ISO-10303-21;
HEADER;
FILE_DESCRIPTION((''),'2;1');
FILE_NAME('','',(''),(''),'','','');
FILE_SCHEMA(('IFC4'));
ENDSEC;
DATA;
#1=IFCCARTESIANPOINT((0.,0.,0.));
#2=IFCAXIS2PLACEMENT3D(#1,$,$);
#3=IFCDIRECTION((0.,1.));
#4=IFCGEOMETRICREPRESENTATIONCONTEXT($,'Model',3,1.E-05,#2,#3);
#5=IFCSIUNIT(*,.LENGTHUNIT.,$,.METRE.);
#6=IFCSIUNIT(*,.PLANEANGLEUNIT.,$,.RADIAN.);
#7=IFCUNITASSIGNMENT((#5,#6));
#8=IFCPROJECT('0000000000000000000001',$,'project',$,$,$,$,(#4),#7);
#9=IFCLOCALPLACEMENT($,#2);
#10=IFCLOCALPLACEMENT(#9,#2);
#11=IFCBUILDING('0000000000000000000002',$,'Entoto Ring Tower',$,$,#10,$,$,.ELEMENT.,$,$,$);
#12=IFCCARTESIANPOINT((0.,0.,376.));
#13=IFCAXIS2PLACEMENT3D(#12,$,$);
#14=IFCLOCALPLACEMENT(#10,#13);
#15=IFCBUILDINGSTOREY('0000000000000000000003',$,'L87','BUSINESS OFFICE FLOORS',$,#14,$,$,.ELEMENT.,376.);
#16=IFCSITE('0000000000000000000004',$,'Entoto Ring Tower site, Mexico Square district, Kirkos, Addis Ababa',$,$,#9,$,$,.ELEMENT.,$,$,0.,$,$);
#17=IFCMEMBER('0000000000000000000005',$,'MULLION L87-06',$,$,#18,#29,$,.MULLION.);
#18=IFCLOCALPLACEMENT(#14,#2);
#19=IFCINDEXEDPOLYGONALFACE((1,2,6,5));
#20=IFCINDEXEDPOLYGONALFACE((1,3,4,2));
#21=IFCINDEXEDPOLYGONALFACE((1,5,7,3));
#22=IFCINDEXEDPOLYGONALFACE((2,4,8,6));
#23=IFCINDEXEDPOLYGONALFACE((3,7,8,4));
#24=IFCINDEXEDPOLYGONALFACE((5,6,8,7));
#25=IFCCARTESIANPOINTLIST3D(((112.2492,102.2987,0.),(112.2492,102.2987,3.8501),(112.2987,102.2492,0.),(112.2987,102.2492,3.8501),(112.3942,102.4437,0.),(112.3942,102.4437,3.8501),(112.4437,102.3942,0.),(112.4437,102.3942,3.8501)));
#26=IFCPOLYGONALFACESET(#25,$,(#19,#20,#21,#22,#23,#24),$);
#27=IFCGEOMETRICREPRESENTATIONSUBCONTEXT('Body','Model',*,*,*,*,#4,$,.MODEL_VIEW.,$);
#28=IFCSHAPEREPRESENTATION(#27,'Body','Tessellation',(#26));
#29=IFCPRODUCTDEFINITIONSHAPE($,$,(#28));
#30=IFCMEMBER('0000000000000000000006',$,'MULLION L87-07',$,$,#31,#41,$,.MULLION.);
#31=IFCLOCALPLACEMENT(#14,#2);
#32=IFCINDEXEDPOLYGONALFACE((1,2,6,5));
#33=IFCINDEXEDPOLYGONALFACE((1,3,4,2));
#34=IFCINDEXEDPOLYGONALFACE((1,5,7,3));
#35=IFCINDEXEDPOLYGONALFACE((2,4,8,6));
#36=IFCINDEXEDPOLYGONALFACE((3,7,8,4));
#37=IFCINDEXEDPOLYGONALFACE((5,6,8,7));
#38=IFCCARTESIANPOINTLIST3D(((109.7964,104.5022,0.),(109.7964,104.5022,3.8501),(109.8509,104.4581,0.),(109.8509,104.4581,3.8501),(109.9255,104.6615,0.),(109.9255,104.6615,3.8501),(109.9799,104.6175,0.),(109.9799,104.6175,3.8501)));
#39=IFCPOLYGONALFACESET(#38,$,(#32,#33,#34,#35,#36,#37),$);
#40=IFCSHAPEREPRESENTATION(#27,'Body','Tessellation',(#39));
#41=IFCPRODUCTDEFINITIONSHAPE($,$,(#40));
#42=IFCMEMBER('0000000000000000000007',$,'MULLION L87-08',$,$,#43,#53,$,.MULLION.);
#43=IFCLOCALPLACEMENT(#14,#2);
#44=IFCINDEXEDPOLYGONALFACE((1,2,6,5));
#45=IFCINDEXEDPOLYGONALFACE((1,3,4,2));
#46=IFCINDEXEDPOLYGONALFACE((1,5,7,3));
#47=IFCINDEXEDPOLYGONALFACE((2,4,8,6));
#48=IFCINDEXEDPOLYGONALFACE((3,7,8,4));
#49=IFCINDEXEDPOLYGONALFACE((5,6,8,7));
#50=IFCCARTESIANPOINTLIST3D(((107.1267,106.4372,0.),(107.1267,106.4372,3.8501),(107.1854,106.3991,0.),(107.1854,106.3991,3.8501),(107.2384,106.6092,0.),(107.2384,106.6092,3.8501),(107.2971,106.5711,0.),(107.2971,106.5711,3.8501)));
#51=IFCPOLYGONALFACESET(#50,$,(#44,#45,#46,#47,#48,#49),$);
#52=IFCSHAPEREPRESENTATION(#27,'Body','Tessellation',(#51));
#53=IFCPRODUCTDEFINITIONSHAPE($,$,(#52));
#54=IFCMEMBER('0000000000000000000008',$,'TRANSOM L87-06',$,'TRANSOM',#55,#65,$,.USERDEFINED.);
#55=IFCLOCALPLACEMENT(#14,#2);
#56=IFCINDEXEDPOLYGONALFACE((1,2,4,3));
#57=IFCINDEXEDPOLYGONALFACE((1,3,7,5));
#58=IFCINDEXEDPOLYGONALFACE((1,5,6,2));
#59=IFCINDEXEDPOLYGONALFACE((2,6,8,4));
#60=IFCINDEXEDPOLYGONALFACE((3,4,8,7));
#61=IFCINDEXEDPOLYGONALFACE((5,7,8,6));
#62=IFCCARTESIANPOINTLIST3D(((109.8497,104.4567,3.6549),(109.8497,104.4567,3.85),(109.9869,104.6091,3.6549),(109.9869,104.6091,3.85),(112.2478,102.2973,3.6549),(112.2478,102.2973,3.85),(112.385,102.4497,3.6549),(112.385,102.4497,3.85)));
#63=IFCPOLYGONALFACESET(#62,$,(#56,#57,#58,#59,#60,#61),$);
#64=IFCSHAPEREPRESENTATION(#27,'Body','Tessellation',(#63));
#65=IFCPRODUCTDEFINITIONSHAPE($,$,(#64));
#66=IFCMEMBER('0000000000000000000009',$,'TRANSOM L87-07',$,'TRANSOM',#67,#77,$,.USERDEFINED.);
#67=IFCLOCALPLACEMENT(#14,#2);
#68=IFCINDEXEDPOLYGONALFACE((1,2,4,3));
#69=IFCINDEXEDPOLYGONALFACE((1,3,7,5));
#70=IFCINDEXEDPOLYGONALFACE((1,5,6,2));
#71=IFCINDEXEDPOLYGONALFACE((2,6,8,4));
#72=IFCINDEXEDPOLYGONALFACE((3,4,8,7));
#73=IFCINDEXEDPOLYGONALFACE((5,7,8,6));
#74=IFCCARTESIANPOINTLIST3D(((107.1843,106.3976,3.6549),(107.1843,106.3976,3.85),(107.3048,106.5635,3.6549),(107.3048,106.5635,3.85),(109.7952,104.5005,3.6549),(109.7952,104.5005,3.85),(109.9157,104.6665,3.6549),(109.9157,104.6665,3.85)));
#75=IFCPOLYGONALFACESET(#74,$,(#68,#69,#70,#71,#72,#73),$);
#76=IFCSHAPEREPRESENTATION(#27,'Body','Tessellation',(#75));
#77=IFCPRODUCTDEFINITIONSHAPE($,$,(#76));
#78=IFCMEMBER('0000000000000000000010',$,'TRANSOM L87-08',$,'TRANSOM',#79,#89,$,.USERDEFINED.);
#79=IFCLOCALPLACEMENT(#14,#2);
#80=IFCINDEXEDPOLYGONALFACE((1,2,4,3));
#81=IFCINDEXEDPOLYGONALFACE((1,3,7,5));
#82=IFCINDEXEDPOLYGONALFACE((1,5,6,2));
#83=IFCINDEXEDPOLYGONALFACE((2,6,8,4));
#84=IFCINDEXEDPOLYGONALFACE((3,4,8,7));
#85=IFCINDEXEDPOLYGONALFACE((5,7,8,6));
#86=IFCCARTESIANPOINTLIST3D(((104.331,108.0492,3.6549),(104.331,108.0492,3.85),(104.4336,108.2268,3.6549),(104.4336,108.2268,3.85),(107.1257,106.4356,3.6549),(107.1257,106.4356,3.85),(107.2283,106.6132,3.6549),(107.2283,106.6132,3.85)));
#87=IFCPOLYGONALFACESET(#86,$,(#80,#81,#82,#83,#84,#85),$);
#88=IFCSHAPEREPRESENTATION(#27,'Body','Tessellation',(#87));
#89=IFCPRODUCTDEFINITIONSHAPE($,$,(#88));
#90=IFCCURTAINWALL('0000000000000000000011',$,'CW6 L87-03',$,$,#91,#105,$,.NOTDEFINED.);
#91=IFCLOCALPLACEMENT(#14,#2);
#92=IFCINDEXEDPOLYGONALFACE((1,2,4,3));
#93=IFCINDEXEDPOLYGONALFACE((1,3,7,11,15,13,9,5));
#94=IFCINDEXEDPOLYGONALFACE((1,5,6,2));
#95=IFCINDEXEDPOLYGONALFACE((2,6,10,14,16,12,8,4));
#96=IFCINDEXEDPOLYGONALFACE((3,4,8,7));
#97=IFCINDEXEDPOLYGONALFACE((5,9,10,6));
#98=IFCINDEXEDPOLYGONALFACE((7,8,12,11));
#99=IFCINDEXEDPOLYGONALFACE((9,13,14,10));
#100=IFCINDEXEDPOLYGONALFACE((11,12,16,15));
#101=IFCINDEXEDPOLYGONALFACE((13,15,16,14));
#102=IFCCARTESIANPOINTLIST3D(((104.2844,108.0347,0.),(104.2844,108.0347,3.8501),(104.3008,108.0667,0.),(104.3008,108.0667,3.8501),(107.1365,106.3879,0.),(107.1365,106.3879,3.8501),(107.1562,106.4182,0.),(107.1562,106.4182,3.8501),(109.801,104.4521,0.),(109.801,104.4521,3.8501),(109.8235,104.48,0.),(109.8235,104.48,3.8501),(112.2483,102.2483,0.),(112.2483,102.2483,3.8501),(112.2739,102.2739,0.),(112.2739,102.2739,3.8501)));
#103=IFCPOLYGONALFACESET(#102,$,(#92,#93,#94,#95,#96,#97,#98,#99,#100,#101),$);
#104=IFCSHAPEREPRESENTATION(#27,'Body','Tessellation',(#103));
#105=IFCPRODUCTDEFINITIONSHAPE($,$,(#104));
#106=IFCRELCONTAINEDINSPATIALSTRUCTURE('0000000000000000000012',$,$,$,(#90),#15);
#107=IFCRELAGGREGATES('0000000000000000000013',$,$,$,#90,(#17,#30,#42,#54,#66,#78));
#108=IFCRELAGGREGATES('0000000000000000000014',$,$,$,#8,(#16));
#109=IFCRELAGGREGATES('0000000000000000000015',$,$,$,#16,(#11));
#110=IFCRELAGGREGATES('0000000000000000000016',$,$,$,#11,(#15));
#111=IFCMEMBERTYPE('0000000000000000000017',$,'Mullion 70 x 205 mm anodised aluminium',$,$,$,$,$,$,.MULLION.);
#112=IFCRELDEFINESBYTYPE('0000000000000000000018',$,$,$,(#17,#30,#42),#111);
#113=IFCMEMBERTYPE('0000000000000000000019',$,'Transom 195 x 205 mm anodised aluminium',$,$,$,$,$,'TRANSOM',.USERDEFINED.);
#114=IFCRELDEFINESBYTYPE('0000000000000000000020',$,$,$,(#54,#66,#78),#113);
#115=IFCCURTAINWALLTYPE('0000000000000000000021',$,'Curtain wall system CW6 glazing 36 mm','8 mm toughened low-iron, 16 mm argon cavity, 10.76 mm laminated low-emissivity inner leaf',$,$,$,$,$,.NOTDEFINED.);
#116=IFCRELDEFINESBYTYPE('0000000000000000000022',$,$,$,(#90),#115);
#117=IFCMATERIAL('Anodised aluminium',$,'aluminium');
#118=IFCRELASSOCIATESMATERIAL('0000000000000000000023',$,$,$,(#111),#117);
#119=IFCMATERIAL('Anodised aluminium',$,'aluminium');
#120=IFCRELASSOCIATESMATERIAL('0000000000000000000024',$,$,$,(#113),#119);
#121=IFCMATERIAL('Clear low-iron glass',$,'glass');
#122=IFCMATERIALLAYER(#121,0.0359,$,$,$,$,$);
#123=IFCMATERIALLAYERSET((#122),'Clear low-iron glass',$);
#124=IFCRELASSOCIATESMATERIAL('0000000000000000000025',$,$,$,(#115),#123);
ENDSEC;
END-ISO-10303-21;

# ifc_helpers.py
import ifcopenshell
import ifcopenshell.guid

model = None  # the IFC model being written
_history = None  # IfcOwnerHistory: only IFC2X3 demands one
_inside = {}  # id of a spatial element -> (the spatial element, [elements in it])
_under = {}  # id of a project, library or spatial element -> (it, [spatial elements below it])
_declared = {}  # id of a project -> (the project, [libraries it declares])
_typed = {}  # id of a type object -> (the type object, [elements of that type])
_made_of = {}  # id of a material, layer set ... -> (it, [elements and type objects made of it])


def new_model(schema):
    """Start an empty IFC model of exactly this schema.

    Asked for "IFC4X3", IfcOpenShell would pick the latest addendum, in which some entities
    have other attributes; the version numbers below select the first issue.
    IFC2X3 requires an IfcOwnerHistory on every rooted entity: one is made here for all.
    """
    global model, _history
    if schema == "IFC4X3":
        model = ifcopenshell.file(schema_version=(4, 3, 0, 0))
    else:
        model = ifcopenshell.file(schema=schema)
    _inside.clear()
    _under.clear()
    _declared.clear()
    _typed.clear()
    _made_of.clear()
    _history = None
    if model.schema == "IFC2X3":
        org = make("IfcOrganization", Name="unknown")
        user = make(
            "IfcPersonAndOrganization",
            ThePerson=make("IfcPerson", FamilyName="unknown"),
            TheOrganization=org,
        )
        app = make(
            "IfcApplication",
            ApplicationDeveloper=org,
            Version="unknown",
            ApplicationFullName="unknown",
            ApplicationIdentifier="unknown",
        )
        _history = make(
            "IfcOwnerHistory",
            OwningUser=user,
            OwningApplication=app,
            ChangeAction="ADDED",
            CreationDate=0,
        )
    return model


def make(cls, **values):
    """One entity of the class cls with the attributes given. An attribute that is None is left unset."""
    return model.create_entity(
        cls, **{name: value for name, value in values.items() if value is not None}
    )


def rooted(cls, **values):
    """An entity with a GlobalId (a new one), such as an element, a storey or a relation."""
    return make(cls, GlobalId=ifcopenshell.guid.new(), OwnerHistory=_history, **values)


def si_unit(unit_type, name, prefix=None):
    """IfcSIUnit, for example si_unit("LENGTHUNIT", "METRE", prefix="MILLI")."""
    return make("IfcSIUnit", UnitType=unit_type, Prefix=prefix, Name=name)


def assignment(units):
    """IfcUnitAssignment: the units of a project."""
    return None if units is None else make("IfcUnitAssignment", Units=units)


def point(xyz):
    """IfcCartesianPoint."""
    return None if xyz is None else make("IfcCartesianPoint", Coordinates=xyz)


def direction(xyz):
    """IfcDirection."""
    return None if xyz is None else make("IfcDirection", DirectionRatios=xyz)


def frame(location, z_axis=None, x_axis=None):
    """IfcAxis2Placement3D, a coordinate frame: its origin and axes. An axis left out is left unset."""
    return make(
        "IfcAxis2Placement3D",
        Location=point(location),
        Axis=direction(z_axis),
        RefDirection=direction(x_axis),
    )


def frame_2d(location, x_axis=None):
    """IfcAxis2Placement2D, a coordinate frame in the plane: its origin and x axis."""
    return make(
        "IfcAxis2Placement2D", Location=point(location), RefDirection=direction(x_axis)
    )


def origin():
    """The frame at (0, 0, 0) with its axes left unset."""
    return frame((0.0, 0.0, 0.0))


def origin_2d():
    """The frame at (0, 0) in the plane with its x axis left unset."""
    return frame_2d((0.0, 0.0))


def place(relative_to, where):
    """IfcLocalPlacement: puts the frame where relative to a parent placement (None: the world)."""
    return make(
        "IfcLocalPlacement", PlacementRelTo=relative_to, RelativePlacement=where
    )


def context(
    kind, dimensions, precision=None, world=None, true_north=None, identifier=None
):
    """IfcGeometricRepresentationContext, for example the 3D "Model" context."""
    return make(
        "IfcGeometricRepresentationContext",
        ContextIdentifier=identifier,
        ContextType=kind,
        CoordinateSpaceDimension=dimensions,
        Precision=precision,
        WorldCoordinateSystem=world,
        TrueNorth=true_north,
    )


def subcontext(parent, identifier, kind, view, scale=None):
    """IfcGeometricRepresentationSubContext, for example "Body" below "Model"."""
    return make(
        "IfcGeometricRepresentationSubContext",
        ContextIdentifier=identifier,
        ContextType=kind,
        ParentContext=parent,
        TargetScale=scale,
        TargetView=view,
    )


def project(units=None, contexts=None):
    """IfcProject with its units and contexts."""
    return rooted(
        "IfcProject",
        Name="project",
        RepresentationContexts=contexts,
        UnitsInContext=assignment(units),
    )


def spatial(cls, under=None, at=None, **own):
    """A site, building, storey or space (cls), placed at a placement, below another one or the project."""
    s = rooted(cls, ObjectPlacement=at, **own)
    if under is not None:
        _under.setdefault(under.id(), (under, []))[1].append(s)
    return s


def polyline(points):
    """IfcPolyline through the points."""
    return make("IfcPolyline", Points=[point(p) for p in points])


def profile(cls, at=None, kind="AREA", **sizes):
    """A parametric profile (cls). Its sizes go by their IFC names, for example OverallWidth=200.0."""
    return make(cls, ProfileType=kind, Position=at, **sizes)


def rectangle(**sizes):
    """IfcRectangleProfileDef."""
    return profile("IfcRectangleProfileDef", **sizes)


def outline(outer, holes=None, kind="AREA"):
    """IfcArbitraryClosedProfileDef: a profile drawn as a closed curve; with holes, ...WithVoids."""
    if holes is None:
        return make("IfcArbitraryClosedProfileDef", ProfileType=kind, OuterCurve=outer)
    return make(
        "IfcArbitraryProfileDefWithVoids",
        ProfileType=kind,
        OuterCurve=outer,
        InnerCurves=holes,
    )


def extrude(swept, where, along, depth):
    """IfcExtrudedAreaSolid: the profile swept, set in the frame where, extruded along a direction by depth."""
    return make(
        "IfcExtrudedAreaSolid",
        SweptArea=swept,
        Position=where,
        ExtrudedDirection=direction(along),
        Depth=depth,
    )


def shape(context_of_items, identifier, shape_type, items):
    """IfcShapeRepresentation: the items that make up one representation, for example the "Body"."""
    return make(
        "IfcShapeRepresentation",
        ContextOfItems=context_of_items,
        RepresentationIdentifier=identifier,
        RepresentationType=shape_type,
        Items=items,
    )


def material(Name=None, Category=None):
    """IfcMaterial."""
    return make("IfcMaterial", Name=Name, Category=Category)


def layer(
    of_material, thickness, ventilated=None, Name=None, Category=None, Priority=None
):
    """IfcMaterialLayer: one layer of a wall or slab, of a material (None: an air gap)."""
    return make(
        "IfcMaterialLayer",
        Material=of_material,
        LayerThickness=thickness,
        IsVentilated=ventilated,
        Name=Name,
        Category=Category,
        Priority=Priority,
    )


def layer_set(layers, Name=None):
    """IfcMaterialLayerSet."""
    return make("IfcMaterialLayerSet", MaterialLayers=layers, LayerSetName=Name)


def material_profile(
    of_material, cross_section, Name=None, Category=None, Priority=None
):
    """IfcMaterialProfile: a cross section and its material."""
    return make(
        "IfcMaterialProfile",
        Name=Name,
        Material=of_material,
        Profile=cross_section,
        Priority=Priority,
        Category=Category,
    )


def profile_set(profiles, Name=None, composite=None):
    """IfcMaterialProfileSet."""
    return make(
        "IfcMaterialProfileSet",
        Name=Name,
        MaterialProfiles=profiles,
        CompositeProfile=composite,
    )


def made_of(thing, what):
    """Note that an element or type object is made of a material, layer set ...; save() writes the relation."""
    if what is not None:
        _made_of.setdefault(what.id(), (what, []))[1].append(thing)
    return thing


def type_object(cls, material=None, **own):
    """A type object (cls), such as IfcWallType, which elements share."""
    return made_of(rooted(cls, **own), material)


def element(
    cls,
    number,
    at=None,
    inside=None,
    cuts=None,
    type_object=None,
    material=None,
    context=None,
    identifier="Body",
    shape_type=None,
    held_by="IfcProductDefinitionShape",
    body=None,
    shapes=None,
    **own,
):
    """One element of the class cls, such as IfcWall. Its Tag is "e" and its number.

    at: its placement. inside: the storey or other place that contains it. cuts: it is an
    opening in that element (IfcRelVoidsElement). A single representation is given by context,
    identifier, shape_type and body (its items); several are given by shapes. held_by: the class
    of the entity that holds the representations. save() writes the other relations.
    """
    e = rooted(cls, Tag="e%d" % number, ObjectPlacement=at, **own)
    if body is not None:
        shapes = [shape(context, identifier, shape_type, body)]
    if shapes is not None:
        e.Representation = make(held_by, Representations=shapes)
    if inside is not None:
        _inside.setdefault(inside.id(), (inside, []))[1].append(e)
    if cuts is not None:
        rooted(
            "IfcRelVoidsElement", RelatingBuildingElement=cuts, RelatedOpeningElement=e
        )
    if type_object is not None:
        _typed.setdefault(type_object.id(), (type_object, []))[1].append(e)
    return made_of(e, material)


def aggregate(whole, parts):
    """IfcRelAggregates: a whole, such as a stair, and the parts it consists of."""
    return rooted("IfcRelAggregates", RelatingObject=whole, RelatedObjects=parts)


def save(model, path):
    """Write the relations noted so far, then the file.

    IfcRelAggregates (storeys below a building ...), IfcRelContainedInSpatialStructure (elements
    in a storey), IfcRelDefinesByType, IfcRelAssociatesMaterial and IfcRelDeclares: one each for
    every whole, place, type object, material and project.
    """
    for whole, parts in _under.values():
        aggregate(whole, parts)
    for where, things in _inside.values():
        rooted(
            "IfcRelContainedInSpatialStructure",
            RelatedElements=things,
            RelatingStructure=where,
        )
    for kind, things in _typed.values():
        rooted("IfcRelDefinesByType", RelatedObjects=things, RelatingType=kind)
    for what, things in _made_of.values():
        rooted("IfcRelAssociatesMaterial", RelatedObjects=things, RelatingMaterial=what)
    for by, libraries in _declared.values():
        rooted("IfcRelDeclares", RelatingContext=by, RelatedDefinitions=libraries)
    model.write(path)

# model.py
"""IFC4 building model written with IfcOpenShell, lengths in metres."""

from ifc_helpers import new_model, si_unit, direction, frame, origin, origin_2d, place, context, subcontext, project, spatial, polyline, rectangle, outline, extrude, material, layer, layer_set, material_profile, profile_set, type_object, element, aggregate, save


model = new_model("IFC4")

# Units and contexts
model_context = context("Model", 3, precision=1e-05, world=origin(), true_north=direction((0.0, 1.0)))
body_context = subcontext(model_context, "Body", "Model", "MODEL_VIEW")
ifc_project = project(units=[si_unit("LENGTHUNIT", "METRE"), si_unit("PLANEANGLEUNIT", "RADIAN")], contexts=[model_context])

# Members
ifc_material_1 = material(Name="Anodised aluminium", Category="aluminium")
ifc_material_profile_1 = material_profile(ifc_material_1, rectangle(XDim=0.0701, YDim=0.2051, at=origin_2d()), Name="Mullion 70 x 205 mm anodised aluminium")
ifc_profile_set_1 = profile_set([ifc_material_profile_1], Name="Anodised aluminium")
member_type_1 = type_object("IfcMemberType", Name="Mullion 70 x 205 mm anodised aluminium", PredefinedType="MULLION", material=ifc_profile_set_1)
site_placement = place(None, origin())
building_placement = place(site_placement, origin())
storey_placement = place(building_placement, frame((0.0, 0.0, 376.0)))
member_1_placement = place(storey_placement, frame((112.3464, 102.3464, 0.0), z_axis=(0.0, 0.0, 1.0), x_axis=(-0.707107, 0.707107, 0.0)))
member_1 = element("IfcMember", 1, at=member_1_placement, type_object=member_type_1, Name="MULLION L87-06", PredefinedType="MULLION", context=body_context, shape_type="SweptSolid", body=[
    extrude(rectangle(XDim=0.0701, YDim=0.2051, at=origin_2d()), origin(), (0.0, 0.0, 1.0), 3.8501),
])
member_2_placement = place(storey_placement, frame((109.8882, 104.5598, 0.0), z_axis=(0.0, 0.0, 1.0), x_axis=(-0.777146, 0.62932, 0.0)))
member_2 = element("IfcMember", 2, at=member_2_placement, type_object=member_type_1, Name="MULLION L87-07", PredefinedType="MULLION", context=body_context, shape_type="SweptSolid", body=[
    extrude(rectangle(XDim=0.0701, YDim=0.2051, at=origin_2d()), origin(), (0.0, 0.0, 1.0), 3.8501),
])
member_3_placement = place(storey_placement, frame((107.2119, 106.5042, 0.0), z_axis=(0.0, 0.0, 1.0), x_axis=(-0.838671, 0.544639, 0.0)))
member_3 = element("IfcMember", 3, at=member_3_placement, type_object=member_type_1, Name="MULLION L87-08", PredefinedType="MULLION", context=body_context, shape_type="SweptSolid", body=[
    extrude(rectangle(XDim=0.0701, YDim=0.2051, at=origin_2d()), origin(), (0.0, 0.0, 1.0), 3.8501),
])
ifc_material_2 = material(Name="Anodised aluminium", Category="aluminium")
ifc_material_profile_2 = material_profile(ifc_material_2, rectangle(XDim=0.2051, YDim=0.1951, at=origin_2d()), Name="Transom 195 x 205 mm anodised aluminium")
ifc_profile_set_2 = profile_set([ifc_material_profile_2], Name="Anodised aluminium")
member_type_2 = type_object("IfcMemberType", Name="Transom 195 x 205 mm anodised aluminium", ElementType="TRANSOM", PredefinedType="USERDEFINED", material=ifc_profile_set_2)
member_4_placement = place(storey_placement, frame((112.3164, 102.3735, 3.7524), z_axis=(-0.743132, 0.669144, 0.0), x_axis=(-0.669144, -0.743132, 0.0)))
member_4 = element("IfcMember", 4, at=member_4_placement, type_object=member_type_2, Name="TRANSOM L87-06", ObjectType="TRANSOM", PredefinedType="USERDEFINED", context=body_context, shape_type="SweptSolid", body=[
    extrude(rectangle(XDim=0.2051, YDim=0.1951, at=origin_2d()), origin(), (0.0, 0.0, 1.0), 3.2271),
])
member_5_placement = place(storey_placement, frame((109.8555, 104.5835, 3.7524), z_axis=(-0.809004, 0.587803, 0.0), x_axis=(-0.587803, -0.809004, 0.0)))
member_5 = element("IfcMember", 5, at=member_5_placement, type_object=member_type_2, Name="TRANSOM L87-07", ObjectType="TRANSOM", PredefinedType="USERDEFINED", context=body_context, shape_type="SweptSolid", body=[
    extrude(rectangle(XDim=0.2051, YDim=0.1951, at=origin_2d()), origin(), (0.0, 0.0, 1.0), 3.2273),
])
member_6_placement = place(storey_placement, frame((107.177, 106.5244, 3.7524), z_axis=(-0.866023, 0.500004, 0.0), x_axis=(-0.500004, -0.866023, 0.0)))
member_6 = element("IfcMember", 6, at=member_6_placement, type_object=member_type_2, Name="TRANSOM L87-08", ObjectType="TRANSOM", PredefinedType="USERDEFINED", context=body_context, shape_type="SweptSolid", body=[
    extrude(rectangle(XDim=0.2051, YDim=0.1951, at=origin_2d()), origin(), (0.0, 0.0, 1.0), 3.2271),
])

# Site, building, storey
site = spatial("IfcSite", under=ifc_project, at=site_placement, Name="Entoto Ring Tower site, Mexico Square district, Kirkos, Addis Ababa", CompositionType="ELEMENT", RefElevation=0.0)
building = spatial("IfcBuilding", under=site, at=building_placement, Name="Entoto Ring Tower", CompositionType="ELEMENT")
storey = spatial("IfcBuildingStorey", under=building, at=storey_placement, Name="L87", Description="BUSINESS OFFICE FLOORS", CompositionType="ELEMENT", Elevation=376.0)

# Curtain wall
ifc_material_3 = material(Name="Clear low-iron glass", Category="glass")
ifc_layer_1 = layer(ifc_material_3, 0.0359)
ifc_layer_set_1 = layer_set([ifc_layer_1], Name="Clear low-iron glass")
curtain_wall_type = type_object("IfcCurtainWallType", Name="Curtain wall system CW6 glazing 36 mm", Description="8 mm toughened low-iron, 16 mm argon cavity, 10.76 mm laminated low-emissivity inner leaf", PredefinedType="NOTDEFINED", material=ifc_layer_set_1)
curtain_wall_1_placement = place(storey_placement, origin())
curtain_wall_1 = element("IfcCurtainWall", 7, at=curtain_wall_1_placement, inside=storey, type_object=curtain_wall_type, Name="CW6 L87-03", PredefinedType="NOTDEFINED", context=body_context, shape_type="SweptSolid", body=[
    extrude(outline(polyline([(112.2739, 102.2739), (109.8235, 104.48), (107.1562, 106.4182), (104.3008, 108.0667), (104.2844, 108.0347), (107.1365, 106.3879), (109.801, 104.4521), (112.2483, 102.2483), (112.2739, 102.2739)])), origin(), (0.0, 0.0, 1.0), 3.8501),
])
aggregate(curtain_wall_1, [member_1, member_2, member_3, member_4, member_5, member_6])

save(model, "model.ifc")
